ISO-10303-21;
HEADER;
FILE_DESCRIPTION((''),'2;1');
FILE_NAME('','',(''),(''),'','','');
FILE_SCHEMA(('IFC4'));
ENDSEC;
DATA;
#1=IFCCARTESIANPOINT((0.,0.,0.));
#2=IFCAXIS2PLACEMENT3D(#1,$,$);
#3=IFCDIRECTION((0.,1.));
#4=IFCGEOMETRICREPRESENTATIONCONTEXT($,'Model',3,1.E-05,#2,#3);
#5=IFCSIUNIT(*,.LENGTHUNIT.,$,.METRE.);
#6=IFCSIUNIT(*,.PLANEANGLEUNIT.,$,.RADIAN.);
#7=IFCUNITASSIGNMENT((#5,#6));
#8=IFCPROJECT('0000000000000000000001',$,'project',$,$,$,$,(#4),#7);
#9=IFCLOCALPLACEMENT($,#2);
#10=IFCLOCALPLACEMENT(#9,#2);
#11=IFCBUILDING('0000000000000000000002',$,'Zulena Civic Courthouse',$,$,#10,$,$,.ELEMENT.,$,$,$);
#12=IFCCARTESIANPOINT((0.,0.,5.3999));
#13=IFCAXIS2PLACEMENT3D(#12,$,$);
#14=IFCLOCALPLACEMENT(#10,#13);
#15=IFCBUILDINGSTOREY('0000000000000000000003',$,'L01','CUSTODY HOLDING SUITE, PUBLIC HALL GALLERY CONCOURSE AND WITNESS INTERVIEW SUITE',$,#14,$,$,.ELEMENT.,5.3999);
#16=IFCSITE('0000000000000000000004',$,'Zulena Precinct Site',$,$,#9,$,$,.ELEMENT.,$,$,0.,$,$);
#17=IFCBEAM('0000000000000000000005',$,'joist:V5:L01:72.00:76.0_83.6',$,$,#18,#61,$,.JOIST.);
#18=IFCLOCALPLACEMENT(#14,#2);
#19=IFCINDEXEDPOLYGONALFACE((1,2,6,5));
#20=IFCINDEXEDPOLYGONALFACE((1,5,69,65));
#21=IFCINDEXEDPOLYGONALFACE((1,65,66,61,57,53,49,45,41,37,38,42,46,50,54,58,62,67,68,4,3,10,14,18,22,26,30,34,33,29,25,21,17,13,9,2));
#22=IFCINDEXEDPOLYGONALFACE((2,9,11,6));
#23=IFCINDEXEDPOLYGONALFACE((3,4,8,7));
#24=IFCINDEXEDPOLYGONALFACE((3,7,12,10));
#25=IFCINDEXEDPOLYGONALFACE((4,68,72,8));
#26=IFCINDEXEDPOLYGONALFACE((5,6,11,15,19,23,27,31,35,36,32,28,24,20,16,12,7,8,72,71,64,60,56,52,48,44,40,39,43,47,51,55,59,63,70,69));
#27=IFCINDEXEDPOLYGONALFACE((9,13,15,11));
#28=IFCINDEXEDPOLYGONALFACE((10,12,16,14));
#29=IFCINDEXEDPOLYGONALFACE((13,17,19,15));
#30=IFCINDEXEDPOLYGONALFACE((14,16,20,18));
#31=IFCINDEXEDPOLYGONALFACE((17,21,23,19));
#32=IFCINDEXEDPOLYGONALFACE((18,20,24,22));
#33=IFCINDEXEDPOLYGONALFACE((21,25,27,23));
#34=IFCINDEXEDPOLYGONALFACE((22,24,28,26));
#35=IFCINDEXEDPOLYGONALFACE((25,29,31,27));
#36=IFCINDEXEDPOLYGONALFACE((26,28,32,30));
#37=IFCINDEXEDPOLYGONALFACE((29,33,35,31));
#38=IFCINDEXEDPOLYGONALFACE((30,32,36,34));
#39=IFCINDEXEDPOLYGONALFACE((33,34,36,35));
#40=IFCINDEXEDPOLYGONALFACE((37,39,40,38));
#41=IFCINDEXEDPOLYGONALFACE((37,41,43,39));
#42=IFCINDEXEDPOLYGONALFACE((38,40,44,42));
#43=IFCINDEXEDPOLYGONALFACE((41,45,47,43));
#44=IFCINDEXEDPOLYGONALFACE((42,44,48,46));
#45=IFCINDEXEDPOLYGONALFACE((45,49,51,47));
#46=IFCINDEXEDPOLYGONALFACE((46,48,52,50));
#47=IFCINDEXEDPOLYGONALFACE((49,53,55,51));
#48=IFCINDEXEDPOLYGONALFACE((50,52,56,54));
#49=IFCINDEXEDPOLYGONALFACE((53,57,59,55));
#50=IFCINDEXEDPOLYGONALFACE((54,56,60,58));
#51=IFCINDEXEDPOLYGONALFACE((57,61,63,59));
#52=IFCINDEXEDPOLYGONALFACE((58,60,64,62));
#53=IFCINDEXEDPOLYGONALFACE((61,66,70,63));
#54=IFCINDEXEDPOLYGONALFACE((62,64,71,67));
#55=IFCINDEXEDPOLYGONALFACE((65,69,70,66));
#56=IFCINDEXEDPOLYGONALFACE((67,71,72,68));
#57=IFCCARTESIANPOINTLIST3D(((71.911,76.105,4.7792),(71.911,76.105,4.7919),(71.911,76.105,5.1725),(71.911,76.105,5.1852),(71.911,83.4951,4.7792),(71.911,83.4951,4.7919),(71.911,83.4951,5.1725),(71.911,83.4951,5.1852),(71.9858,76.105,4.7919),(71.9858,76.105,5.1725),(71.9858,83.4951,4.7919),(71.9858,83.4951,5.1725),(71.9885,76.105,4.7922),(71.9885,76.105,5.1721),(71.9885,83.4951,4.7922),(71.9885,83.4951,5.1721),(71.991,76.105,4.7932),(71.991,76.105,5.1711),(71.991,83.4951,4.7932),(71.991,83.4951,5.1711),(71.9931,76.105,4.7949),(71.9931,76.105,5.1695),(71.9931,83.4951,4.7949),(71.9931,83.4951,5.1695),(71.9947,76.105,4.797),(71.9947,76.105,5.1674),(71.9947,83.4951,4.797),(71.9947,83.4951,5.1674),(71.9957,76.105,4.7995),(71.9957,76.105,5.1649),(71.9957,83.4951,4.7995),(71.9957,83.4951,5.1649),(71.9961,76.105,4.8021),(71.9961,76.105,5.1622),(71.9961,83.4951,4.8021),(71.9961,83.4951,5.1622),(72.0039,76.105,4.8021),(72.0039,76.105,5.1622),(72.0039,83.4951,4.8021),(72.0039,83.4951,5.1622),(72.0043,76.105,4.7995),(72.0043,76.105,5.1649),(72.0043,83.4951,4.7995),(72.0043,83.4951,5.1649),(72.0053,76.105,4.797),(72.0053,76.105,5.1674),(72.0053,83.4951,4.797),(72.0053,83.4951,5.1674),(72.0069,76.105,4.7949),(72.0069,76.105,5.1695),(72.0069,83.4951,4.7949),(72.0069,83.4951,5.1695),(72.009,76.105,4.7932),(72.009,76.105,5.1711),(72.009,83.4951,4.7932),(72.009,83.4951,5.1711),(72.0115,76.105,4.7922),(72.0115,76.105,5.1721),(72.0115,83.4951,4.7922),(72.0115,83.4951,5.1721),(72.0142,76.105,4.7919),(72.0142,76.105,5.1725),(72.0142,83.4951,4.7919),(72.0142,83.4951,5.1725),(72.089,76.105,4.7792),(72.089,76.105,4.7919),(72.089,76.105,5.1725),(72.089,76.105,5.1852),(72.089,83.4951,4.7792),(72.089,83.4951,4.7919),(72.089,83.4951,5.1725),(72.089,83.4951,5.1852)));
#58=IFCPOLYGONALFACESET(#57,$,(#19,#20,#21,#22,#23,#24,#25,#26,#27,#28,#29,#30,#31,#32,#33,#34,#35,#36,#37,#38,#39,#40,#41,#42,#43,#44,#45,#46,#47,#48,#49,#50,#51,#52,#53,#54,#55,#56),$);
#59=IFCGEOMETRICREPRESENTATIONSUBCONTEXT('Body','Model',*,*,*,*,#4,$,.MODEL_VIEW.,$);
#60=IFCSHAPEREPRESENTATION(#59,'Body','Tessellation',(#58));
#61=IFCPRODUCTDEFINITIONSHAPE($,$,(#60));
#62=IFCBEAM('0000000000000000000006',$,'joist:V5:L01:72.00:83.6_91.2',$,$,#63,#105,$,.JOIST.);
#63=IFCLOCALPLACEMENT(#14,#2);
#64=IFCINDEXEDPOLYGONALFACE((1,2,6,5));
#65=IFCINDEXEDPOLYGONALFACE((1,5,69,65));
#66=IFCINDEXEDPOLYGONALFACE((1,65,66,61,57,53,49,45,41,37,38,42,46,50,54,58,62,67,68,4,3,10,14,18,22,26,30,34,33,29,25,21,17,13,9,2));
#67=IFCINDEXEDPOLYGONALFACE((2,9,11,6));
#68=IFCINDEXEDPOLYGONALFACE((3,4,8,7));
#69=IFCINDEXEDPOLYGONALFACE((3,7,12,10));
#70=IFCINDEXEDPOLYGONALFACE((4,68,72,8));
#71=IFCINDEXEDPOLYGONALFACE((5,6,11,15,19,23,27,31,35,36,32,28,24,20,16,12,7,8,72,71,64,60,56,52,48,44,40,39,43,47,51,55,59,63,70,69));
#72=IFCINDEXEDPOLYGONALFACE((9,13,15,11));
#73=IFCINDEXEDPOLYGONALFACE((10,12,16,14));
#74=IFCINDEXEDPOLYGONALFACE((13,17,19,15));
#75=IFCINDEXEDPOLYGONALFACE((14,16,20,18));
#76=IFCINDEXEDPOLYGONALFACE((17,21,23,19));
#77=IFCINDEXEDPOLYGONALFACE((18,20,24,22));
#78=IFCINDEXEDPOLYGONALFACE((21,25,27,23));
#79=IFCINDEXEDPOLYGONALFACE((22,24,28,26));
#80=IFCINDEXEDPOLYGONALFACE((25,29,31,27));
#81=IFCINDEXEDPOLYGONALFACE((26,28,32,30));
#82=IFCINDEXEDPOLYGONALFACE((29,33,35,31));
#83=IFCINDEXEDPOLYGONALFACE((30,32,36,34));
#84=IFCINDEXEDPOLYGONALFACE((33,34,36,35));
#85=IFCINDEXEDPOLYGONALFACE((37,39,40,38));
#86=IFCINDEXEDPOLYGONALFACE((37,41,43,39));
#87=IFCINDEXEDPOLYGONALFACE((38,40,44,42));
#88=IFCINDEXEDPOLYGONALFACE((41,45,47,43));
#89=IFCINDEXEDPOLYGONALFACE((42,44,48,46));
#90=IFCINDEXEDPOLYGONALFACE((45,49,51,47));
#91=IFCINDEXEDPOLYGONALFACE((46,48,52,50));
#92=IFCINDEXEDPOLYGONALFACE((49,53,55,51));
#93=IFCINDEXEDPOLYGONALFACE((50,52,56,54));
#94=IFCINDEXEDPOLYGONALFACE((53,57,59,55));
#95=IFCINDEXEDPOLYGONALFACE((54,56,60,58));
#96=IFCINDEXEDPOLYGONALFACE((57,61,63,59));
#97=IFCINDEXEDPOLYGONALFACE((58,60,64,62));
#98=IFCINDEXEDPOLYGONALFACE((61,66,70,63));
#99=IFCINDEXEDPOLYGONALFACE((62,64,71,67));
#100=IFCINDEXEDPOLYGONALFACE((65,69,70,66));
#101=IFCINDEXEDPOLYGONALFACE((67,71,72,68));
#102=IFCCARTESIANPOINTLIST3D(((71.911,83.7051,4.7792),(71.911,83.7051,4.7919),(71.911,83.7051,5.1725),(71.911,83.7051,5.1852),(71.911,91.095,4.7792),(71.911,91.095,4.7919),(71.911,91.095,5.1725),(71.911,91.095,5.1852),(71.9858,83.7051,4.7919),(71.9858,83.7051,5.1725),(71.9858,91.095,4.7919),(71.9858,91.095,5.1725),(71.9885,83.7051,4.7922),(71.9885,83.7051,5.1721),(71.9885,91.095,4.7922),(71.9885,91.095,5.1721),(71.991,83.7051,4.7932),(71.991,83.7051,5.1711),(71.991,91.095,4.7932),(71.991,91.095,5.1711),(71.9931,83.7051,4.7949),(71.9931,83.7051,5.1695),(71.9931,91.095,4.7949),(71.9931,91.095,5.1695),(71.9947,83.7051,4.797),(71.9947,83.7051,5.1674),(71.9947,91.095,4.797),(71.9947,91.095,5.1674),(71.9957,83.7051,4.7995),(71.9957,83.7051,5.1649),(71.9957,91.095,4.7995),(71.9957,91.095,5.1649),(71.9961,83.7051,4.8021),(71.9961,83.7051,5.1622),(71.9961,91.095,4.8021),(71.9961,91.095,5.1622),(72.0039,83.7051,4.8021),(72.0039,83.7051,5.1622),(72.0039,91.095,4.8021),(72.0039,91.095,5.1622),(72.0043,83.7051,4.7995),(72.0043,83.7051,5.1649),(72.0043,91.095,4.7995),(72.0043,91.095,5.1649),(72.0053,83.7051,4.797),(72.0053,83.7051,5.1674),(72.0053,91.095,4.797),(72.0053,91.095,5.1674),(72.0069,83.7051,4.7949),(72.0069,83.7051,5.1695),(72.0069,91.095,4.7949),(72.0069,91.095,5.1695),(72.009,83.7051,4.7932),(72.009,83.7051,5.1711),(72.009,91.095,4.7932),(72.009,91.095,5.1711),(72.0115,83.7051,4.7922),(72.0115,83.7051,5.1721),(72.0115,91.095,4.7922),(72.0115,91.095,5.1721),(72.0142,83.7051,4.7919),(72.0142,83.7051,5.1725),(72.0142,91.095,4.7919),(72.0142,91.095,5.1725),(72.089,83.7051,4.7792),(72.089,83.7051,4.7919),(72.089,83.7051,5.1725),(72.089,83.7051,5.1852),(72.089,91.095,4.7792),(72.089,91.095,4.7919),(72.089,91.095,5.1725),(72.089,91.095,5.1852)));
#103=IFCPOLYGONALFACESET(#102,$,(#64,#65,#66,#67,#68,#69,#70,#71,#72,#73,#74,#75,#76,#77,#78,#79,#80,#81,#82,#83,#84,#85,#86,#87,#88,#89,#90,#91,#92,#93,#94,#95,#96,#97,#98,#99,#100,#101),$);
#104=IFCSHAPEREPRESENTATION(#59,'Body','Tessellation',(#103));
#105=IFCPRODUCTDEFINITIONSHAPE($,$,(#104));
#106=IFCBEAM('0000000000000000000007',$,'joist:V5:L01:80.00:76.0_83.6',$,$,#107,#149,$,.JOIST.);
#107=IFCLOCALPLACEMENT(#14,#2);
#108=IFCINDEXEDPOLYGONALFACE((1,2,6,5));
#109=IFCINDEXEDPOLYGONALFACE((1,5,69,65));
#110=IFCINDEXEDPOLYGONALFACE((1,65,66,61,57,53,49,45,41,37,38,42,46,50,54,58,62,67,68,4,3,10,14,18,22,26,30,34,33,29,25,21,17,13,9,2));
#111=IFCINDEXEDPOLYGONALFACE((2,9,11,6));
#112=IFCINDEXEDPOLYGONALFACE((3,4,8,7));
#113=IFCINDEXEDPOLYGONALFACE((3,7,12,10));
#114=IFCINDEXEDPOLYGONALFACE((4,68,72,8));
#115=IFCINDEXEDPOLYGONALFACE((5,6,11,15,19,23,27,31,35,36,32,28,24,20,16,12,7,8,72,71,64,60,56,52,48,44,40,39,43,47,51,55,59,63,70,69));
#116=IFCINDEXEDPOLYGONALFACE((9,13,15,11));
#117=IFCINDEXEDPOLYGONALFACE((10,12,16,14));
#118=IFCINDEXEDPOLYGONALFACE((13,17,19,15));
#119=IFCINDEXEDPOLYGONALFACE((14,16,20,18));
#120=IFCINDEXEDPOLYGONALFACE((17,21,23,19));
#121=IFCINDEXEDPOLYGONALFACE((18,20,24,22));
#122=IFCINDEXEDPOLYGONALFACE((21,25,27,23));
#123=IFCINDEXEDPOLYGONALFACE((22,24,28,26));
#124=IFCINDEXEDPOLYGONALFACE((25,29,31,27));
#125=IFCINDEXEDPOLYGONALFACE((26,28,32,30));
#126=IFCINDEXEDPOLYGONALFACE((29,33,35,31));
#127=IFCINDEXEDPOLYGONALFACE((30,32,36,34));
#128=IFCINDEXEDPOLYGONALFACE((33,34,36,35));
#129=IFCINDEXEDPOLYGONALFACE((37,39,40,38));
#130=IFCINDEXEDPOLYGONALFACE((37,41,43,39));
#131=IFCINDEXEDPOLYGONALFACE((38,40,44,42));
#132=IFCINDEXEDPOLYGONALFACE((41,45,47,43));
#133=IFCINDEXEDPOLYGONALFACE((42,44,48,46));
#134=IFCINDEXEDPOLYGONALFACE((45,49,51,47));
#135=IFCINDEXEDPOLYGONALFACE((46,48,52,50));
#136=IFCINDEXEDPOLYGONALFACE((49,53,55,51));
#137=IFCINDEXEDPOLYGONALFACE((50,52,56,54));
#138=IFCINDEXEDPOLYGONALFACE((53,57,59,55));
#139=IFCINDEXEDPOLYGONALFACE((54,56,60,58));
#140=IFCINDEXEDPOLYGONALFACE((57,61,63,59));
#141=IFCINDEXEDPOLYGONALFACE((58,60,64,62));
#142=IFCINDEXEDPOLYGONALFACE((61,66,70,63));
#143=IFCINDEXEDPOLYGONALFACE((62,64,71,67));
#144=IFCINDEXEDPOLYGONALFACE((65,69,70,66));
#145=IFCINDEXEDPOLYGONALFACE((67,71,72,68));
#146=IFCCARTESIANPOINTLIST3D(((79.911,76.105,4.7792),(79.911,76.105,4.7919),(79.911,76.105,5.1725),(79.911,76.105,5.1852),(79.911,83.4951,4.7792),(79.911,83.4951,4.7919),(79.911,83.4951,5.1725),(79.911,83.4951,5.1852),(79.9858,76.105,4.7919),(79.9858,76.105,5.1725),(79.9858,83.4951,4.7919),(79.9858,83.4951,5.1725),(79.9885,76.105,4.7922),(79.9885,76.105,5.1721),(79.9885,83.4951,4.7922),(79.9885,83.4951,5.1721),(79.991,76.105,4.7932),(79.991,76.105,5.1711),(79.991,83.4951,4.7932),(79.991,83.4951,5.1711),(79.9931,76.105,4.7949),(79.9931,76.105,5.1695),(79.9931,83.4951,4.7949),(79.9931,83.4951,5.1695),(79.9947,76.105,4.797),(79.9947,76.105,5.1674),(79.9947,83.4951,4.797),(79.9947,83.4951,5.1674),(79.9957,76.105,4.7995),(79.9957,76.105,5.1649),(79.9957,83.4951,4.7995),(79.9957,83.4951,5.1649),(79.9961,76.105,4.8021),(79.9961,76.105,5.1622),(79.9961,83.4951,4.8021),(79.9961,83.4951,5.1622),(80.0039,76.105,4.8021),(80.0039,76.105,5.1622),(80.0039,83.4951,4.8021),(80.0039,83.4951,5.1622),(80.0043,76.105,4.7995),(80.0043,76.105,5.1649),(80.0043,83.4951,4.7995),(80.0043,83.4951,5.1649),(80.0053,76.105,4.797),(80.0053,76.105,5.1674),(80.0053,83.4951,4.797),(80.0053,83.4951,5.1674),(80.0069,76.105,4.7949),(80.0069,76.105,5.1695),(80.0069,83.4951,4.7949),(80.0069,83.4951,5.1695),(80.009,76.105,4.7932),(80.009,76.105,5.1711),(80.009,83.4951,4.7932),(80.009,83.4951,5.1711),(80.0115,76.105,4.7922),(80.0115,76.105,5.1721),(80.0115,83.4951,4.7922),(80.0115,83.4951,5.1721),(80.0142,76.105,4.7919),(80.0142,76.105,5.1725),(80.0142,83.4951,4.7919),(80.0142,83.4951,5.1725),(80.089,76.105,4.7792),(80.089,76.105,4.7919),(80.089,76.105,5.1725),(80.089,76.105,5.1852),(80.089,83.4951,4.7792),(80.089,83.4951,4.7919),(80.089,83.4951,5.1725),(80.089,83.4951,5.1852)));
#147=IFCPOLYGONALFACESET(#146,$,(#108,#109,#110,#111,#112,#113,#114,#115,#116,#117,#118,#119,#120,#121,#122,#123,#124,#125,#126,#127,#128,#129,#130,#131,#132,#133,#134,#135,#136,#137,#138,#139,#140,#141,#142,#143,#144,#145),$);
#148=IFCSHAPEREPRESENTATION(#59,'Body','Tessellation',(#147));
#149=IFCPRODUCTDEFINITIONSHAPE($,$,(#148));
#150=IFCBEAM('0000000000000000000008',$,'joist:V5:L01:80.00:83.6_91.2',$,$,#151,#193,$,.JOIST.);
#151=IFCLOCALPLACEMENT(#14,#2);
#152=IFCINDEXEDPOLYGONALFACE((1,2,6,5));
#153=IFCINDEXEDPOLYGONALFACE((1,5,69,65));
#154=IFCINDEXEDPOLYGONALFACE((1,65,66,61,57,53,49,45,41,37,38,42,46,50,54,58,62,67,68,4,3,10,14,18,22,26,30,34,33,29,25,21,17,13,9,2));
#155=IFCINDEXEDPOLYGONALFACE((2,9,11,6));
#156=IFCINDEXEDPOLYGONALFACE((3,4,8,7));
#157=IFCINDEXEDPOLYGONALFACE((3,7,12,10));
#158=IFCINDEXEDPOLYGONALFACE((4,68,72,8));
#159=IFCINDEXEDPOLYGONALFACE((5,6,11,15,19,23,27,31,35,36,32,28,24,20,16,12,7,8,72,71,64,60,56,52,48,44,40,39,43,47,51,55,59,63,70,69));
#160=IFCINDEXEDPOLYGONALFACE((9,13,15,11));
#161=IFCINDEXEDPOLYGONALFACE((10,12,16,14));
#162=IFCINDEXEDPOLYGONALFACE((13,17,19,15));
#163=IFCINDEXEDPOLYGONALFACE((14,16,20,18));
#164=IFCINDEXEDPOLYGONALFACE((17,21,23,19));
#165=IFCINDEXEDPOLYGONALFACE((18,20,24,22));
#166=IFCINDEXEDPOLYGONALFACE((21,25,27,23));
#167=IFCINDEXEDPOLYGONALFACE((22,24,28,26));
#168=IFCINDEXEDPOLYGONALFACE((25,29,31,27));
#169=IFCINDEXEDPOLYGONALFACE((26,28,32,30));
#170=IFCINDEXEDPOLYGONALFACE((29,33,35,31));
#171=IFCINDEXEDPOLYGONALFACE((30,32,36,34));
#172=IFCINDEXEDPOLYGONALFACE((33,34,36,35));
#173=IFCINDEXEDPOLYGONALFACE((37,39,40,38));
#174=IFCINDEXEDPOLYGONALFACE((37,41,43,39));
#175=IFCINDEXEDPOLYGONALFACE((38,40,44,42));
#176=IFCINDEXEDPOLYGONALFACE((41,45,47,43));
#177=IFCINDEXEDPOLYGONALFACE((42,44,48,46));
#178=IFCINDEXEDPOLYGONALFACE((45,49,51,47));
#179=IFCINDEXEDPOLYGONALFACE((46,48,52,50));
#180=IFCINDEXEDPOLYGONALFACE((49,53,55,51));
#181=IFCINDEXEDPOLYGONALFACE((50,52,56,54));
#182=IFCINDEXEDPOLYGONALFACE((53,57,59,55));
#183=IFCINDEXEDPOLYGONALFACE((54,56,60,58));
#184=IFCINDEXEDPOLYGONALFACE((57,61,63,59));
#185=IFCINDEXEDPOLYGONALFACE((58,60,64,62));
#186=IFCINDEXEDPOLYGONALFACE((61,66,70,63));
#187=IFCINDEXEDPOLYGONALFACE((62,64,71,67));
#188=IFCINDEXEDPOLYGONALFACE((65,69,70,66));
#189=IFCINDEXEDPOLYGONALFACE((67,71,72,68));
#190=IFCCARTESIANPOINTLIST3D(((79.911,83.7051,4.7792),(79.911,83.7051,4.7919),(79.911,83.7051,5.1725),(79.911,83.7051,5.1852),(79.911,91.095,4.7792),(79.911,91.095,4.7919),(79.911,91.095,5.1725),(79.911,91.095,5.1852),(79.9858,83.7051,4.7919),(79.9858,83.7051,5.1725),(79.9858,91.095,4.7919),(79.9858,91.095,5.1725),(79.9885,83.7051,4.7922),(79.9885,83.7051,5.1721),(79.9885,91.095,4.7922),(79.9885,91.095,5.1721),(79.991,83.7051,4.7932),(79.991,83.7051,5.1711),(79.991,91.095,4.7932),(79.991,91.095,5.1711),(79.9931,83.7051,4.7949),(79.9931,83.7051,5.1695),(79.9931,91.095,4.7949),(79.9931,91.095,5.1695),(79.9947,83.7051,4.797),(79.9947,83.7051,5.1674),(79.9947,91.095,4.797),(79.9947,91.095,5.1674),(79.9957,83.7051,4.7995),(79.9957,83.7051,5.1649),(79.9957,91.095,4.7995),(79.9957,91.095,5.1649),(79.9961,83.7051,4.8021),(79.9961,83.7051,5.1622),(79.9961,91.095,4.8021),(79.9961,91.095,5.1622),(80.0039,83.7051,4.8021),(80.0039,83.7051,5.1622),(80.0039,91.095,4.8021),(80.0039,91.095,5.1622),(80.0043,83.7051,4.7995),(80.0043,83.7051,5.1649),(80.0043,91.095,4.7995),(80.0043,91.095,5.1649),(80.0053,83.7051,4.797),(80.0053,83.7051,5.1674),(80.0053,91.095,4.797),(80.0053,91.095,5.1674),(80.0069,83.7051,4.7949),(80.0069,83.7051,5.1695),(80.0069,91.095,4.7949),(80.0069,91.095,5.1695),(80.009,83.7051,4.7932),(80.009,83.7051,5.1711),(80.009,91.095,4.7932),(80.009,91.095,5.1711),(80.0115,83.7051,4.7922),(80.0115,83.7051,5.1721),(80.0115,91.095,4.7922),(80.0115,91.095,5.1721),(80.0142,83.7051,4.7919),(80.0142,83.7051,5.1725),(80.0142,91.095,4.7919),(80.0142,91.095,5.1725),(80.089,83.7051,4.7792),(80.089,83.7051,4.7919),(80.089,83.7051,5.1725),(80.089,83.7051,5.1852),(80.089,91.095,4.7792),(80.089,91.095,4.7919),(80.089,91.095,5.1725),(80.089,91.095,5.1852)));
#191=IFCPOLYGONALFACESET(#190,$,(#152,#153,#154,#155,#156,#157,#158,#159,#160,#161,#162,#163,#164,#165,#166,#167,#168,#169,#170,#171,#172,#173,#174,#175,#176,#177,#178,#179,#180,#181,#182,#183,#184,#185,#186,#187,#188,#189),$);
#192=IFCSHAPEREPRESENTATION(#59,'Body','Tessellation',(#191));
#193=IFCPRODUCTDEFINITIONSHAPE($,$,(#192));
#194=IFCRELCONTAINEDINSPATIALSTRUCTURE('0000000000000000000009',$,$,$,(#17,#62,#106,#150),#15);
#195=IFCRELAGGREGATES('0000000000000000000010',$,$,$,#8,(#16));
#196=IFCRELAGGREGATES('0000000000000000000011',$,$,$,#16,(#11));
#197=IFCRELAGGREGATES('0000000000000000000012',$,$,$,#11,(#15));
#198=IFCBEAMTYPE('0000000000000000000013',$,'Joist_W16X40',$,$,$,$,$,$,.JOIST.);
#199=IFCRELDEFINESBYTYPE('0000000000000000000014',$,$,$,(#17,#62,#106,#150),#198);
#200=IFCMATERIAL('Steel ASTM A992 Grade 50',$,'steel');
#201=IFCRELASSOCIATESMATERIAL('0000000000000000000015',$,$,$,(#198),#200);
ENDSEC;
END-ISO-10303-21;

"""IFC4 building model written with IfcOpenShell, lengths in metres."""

from ifc_helpers import new_model, si_unit, direction, frame, origin, origin_2d, place, context, subcontext, project, spatial, i_section, extrude, material, material_profile, profile_set, type_object, element, save


model = new_model("IFC4")

# Units and contexts
model_context = context("Model", 3, precision=1e-05, world=origin(), true_north=direction((0.0, 1.0)))
body_context = subcontext(model_context, "Body", "Model", "MODEL_VIEW")
ifc_project = project(units=[si_unit("LENGTHUNIT", "METRE"), si_unit("PLANEANGLEUNIT", "RADIAN")], contexts=[model_context])

# Site, building, storey
site_placement = place(None, origin())
site = spatial("IfcSite", under=ifc_project, at=site_placement, Name="Zulena Precinct Site", CompositionType="ELEMENT", RefElevation=0.0)
building_placement = place(site_placement, origin())
building = spatial("IfcBuilding", under=site, at=building_placement, Name="Zulena Civic Courthouse", CompositionType="ELEMENT")
storey_placement = place(building_placement, frame((0.0, 0.0, 5.3999)))
storey = spatial("IfcBuildingStorey", under=building, at=storey_placement, Name="L01", Description="CUSTODY HOLDING SUITE, PUBLIC HALL GALLERY CONCOURSE AND WITNESS INTERVIEW SUITE", CompositionType="ELEMENT", Elevation=5.3999)

# Shared definitions
ifc_material_1 = material(Name="Steel ASTM A992 Grade 50", Category="steel")

# Beams
ifc_material_profile_1 = material_profile(ifc_material_1, i_section(OverallWidth=0.178, OverallDepth=0.406, WebThickness=0.0078, FlangeThickness=0.0127, FilletRadius=0.0103, at=origin_2d()), Name="W16X40")
ifc_profile_set_1 = profile_set([ifc_material_profile_1], Name="Steel ASTM A992 Grade 50")
beam_type_1 = type_object("IfcBeamType", Name="Joist_W16X40", PredefinedType="JOIST", material=ifc_profile_set_1)
beam_1_placement = place(storey_placement, frame((72.0, 76.105, 4.9822), z_axis=(0.0, 1.0, 0.0), x_axis=(-1.0, 0.0, 0.0)))
element("IfcBeam", 1, at=beam_1_placement, inside=storey, type_object=beam_type_1, Name="joist:V5:L01:72.00:76.0_83.6", PredefinedType="JOIST", context=body_context, shape_type="SweptSolid", body=[
    extrude(i_section(OverallWidth=0.178, OverallDepth=0.406, WebThickness=0.0078, FlangeThickness=0.0127, FilletRadius=0.0103, at=origin_2d()), origin(), (0.0, 0.0, 1.0), 7.3901),
])
beam_2_placement = place(storey_placement, frame((72.0, 83.7051, 4.9822), z_axis=(0.0, 1.0, 0.0), x_axis=(-1.0, 0.0, 0.0)))
element("IfcBeam", 2, at=beam_2_placement, inside=storey, type_object=beam_type_1, Name="joist:V5:L01:72.00:83.6_91.2", PredefinedType="JOIST", context=body_context, shape_type="SweptSolid", body=[
    extrude(i_section(OverallWidth=0.178, OverallDepth=0.406, WebThickness=0.0078, FlangeThickness=0.0127, FilletRadius=0.0103, at=origin_2d()), origin(), (0.0, 0.0, 1.0), 7.3899),
])
beam_3_placement = place(storey_placement, frame((80.0, 76.105, 4.9822), z_axis=(0.0, 1.0, 0.0), x_axis=(-1.0, 0.0, 0.0)))
element("IfcBeam", 3, at=beam_3_placement, inside=storey, type_object=beam_type_1, Name="joist:V5:L01:80.00:76.0_83.6", PredefinedType="JOIST", context=body_context, shape_type="SweptSolid", body=[
    extrude(i_section(OverallWidth=0.178, OverallDepth=0.406, WebThickness=0.0078, FlangeThickness=0.0127, FilletRadius=0.0103, at=origin_2d()), origin(), (0.0, 0.0, 1.0), 7.3901),
])
beam_4_placement = place(storey_placement, frame((80.0, 83.7051, 4.9822), z_axis=(0.0, 1.0, 0.0), x_axis=(-1.0, 0.0, 0.0)))
element("IfcBeam", 4, at=beam_4_placement, inside=storey, type_object=beam_type_1, Name="joist:V5:L01:80.00:83.6_91.2", PredefinedType="JOIST", context=body_context, shape_type="SweptSolid", body=[
    extrude(i_section(OverallWidth=0.178, OverallDepth=0.406, WebThickness=0.0078, FlangeThickness=0.0127, FilletRadius=0.0103, at=origin_2d()), origin(), (0.0, 0.0, 1.0), 7.3899),
])

save(model, "model.ifc")
